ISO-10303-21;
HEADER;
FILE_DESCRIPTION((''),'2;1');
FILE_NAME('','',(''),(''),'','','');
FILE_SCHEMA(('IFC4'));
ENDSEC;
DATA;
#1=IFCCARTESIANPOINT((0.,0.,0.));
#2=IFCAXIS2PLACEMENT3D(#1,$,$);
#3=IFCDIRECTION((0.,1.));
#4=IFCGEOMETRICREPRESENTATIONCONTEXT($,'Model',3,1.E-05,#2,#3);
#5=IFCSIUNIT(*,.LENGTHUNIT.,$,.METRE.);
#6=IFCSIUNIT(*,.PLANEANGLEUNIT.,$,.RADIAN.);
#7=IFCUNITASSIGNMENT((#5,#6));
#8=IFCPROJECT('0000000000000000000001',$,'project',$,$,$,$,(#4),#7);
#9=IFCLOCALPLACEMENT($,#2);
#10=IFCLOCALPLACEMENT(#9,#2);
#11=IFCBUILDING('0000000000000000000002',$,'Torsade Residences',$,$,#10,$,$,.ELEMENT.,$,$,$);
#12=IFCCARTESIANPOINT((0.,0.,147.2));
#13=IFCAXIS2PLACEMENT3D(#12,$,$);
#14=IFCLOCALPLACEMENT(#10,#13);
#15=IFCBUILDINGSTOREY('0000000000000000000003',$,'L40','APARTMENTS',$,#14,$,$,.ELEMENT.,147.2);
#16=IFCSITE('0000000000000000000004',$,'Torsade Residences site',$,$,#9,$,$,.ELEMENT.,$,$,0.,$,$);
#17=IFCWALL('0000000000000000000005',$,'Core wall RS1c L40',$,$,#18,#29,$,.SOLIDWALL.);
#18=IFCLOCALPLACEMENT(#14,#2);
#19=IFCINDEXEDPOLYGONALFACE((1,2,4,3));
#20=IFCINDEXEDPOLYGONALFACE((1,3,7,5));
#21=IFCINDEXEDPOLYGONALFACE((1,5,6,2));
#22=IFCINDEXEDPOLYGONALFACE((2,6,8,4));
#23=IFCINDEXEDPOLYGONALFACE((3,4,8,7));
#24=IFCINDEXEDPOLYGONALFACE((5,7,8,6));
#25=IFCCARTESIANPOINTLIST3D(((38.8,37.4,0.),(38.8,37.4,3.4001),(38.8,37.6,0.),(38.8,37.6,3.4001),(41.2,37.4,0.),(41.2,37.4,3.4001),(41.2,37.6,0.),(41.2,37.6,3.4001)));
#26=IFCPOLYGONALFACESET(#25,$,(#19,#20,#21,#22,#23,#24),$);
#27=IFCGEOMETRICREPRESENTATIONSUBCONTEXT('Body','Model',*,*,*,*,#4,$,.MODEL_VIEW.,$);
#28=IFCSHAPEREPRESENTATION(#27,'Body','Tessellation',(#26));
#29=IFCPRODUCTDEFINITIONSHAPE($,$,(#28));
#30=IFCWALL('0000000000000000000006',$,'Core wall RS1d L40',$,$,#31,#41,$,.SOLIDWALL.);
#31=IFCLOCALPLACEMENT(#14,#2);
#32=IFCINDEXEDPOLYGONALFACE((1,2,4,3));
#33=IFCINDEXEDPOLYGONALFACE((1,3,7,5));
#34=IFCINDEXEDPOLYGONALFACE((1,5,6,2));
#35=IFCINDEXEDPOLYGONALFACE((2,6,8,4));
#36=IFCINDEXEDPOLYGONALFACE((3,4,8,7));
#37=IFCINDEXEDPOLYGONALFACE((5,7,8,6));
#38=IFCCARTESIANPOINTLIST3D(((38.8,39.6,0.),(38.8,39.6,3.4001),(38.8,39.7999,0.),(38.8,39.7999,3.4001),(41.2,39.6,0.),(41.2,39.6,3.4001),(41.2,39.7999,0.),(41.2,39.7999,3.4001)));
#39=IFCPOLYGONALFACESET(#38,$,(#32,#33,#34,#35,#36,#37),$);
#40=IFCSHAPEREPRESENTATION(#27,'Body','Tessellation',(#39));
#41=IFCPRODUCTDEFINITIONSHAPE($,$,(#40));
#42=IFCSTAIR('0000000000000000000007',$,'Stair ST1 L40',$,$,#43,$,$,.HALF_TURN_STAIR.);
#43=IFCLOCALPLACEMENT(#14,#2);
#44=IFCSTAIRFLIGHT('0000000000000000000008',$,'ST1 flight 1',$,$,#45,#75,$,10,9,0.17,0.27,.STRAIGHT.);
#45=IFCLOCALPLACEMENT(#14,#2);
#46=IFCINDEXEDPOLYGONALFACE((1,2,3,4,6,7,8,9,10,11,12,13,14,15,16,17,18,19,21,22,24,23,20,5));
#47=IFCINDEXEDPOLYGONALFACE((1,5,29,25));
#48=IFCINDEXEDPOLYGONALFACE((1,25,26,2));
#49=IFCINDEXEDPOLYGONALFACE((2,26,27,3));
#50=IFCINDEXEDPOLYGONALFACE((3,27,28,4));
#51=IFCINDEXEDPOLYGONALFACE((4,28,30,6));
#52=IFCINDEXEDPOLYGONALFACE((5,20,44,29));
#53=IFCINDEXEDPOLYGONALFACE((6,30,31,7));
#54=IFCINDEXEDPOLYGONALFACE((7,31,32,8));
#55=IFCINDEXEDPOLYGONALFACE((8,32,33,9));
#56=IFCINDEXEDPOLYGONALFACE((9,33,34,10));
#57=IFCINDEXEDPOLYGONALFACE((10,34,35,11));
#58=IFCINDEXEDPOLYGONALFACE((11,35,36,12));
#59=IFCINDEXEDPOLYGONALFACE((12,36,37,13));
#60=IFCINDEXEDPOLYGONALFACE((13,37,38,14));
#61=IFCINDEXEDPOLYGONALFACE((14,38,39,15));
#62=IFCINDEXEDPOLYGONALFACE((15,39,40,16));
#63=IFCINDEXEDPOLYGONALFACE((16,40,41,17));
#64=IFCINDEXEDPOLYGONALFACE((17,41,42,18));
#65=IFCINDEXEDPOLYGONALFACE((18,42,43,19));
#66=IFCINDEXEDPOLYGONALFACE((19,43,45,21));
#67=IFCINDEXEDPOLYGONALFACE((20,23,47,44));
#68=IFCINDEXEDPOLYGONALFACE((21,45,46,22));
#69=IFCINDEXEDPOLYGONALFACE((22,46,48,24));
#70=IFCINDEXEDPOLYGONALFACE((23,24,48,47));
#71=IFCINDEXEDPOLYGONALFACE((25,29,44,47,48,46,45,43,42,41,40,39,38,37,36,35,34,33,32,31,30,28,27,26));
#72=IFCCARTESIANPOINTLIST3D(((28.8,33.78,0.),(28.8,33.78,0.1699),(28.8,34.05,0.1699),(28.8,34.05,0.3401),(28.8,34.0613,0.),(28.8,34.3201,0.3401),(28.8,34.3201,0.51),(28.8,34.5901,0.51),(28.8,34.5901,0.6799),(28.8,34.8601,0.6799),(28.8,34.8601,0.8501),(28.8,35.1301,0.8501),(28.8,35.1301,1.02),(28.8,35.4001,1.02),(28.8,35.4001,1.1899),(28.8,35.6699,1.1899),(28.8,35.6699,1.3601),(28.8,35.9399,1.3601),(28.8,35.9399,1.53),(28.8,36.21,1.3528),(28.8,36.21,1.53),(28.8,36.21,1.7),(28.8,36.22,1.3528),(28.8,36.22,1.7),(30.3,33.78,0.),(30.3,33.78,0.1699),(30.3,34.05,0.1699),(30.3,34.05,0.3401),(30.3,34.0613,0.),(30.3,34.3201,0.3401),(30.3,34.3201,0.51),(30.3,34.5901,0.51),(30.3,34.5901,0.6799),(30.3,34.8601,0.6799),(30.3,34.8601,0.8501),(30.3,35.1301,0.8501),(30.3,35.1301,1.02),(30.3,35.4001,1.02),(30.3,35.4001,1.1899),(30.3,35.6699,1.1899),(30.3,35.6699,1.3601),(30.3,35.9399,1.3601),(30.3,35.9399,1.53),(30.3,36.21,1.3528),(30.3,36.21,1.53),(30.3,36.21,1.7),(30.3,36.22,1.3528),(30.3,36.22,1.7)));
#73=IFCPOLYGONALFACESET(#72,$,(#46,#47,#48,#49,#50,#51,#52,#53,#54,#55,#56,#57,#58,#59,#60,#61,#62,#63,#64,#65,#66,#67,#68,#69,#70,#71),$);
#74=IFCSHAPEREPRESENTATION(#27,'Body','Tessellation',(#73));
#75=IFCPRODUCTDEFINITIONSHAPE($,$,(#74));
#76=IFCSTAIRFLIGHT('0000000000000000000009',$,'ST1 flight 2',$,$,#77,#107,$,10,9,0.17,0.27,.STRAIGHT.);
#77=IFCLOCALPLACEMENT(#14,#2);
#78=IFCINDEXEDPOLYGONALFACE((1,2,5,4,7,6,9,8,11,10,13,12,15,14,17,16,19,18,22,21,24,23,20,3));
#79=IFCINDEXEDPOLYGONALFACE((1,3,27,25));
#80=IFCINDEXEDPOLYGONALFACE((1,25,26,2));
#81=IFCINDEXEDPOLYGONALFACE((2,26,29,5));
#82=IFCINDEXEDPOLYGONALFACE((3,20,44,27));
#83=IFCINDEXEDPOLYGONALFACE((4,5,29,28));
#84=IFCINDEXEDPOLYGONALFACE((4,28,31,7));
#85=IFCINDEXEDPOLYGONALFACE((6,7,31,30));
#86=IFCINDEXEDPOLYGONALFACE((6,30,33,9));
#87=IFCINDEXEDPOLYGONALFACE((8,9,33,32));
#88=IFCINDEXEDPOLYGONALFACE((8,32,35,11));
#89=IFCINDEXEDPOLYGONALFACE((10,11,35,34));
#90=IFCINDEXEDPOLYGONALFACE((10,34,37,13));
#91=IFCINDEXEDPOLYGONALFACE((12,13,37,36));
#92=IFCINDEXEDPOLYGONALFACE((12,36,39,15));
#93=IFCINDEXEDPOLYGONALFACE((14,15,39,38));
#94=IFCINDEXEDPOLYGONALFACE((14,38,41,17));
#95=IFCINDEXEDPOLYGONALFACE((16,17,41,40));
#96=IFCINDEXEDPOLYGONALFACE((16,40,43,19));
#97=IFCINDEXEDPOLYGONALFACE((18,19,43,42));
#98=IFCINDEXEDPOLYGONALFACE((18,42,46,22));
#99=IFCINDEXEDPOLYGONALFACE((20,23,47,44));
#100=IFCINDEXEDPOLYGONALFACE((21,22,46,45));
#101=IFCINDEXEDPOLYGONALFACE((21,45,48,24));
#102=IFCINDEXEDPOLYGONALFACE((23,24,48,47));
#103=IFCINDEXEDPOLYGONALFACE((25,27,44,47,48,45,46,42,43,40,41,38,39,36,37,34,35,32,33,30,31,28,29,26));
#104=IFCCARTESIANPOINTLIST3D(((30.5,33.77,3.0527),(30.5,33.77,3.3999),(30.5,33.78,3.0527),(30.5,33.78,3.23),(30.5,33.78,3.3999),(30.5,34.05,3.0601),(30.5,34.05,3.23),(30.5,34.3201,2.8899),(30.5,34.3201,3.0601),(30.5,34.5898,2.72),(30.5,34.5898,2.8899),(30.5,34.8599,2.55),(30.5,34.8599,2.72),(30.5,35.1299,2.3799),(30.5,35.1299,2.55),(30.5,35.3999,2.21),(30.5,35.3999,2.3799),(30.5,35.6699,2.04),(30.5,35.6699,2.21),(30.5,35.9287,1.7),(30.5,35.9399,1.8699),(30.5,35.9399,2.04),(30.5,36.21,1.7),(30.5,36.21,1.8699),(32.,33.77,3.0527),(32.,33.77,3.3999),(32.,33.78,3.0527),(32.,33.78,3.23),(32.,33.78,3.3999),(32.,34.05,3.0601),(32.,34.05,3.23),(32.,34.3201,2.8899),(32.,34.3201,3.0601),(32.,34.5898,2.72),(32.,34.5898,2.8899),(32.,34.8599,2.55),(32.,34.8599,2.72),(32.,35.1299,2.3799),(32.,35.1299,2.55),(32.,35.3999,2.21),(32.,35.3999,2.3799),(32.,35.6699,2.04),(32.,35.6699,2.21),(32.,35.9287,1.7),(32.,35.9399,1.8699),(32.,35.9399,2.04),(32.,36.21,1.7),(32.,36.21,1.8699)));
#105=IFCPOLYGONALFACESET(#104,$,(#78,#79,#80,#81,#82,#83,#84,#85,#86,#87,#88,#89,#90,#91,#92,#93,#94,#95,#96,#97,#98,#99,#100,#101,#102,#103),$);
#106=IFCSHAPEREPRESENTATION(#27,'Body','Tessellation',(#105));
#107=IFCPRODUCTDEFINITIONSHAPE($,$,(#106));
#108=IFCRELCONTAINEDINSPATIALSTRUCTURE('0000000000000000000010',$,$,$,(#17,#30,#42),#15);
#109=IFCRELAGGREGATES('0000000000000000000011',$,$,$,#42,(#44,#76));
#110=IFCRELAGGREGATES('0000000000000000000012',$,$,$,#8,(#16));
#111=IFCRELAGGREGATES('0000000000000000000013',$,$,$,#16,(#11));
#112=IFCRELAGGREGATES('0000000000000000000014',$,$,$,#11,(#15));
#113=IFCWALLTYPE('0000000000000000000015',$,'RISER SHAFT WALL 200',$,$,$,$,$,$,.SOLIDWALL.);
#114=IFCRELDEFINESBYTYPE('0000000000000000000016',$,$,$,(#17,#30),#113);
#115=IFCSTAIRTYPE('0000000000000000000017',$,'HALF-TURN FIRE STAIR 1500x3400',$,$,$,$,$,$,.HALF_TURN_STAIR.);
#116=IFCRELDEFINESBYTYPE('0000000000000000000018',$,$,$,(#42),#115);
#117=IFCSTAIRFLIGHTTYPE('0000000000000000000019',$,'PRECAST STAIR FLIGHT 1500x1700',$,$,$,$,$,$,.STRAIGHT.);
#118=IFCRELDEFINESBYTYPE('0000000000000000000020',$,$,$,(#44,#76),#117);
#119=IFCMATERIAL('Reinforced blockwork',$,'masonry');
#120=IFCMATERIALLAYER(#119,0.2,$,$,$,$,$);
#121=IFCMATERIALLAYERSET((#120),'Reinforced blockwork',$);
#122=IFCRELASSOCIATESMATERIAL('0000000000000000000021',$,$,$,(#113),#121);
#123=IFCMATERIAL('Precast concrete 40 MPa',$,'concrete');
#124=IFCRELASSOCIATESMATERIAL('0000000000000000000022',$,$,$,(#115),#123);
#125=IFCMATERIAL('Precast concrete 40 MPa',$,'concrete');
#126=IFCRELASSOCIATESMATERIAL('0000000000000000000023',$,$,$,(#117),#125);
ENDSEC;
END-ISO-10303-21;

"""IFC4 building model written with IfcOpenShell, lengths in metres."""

from ifc_helpers import new_model, si_unit, direction, frame, frame_2d, origin, place, context, subcontext, project, spatial, polyline, rectangle, outline, extrude, material, layer, layer_set, type_object, element, aggregate, save


model = new_model("IFC4")

# Units and contexts
model_context = context("Model", 3, precision=1e-05, world=origin(), true_north=direction((0.0, 1.0)))
body_context = subcontext(model_context, "Body", "Model", "MODEL_VIEW")
ifc_project = project(units=[si_unit("LENGTHUNIT", "METRE"), si_unit("PLANEANGLEUNIT", "RADIAN")], contexts=[model_context])

# Site, building, storey
site_placement = place(None, origin())
site = spatial("IfcSite", under=ifc_project, at=site_placement, Name="Torsade Residences site", CompositionType="ELEMENT", RefElevation=0.0)
building_placement = place(site_placement, origin())
building = spatial("IfcBuilding", under=site, at=building_placement, Name="Torsade Residences", CompositionType="ELEMENT")
storey_placement = place(building_placement, frame((0.0, 0.0, 147.2)))
storey = spatial("IfcBuildingStorey", under=building, at=storey_placement, Name="L40", Description="APARTMENTS", CompositionType="ELEMENT", Elevation=147.2)

# Walls
ifc_material_1 = material(Name="Reinforced blockwork", Category="masonry")
ifc_layer_1 = layer(ifc_material_1, 0.2)
ifc_layer_set_1 = layer_set([ifc_layer_1], Name="Reinforced blockwork")
wall_type_1 = type_object("IfcWallType", Name="RISER SHAFT WALL 200", PredefinedType="SOLIDWALL", material=ifc_layer_set_1)
for number, where, z_axis, x_axis, name in (
    (1, (38.8, 37.5, 0.0), (0.0, 0.0, 1.0), (1.0, 0.0, 0.0), "Core wall RS1c L40"),
    (2, (38.8, 39.7, 0.0), (0.0, 0.0, 1.0), (1.0, 0.0, 0.0), "Core wall RS1d L40"),
):
    element("IfcWall", number, at=place(storey_placement, frame(where, z_axis=z_axis, x_axis=x_axis)), inside=storey, type_object=wall_type_1, Name=name, PredefinedType="SOLIDWALL", context=body_context, shape_type="SweptSolid", body=[
        extrude(rectangle(XDim=2.3999, YDim=0.2, at=frame_2d((1.2, 0.0))), origin(), (0.0, 0.0, 1.0), 3.4001),
    ])

# Stair, stair flights
ifc_material_2 = material(Name="Precast concrete 40 MPa", Category="concrete")
stair_type = type_object("IfcStairType", Name="HALF-TURN FIRE STAIR 1500x3400", PredefinedType="HALF_TURN_STAIR", material=ifc_material_2)
stair_placement = place(storey_placement, origin())
stair = element("IfcStair", 3, at=stair_placement, inside=storey, type_object=stair_type, Name="Stair ST1 L40", PredefinedType="HALF_TURN_STAIR")
ifc_material_3 = material(Name="Precast concrete 40 MPa", Category="concrete")
stair_flight_type = type_object("IfcStairFlightType", Name="PRECAST STAIR FLIGHT 1500x1700", PredefinedType="STRAIGHT", material=ifc_material_3)
stair_flight_1_placement = place(storey_placement, frame((29.55, 33.78, 0.0), z_axis=(0.0, 0.0, 1.0), x_axis=(0.0, 1.0, 0.0)))
stair_flight_1 = element("IfcStairFlight", 4, at=stair_flight_1_placement, type_object=stair_flight_type, Name="ST1 flight 1", NumberOfRisers=10, NumberOfTreads=9, PredefinedType="STRAIGHT", RiserHeight=0.17, TreadLength=0.27, context=body_context, shape_type="SweptSolid", body=[
    extrude(outline(polyline([(0.0, 0.0), (0.0, 0.1699), (0.27, 0.1699), (0.27, 0.3401), (0.54, 0.3401), (0.54, 0.51), (0.8101, 0.51), (0.8101, 0.6799), (1.0801, 0.6799), (1.0801, 0.8501), (1.3501, 0.8501), (1.3501, 1.02), (1.6201, 1.02), (1.6201, 1.1899), (1.8899, 1.1899), (1.8899, 1.3601), (2.1599, 1.3601), (2.1599, 1.53), (2.4299, 1.53), (2.4299, 1.7), (2.4399, 1.7), (2.4399, 1.3528), (2.4299, 1.3528), (0.2812, 0.0), (0.0, 0.0)])), frame((0.0, 0.75, 0.0), z_axis=(0.0, -1.0, 0.0), x_axis=(1.0, 0.0, 0.0)), (0.0, 0.0, 1.0), 1.5),
])
stair_flight_2_placement = place(storey_placement, frame((31.25, 36.21, 1.7), z_axis=(0.0, 0.0, 1.0), x_axis=(0.0, -1.0, 0.0)))
stair_flight_2 = element("IfcStairFlight", 5, at=stair_flight_2_placement, type_object=stair_flight_type, Name="ST1 flight 2", NumberOfRisers=10, NumberOfTreads=9, PredefinedType="STRAIGHT", RiserHeight=0.17, TreadLength=0.27, context=body_context, shape_type="SweptSolid", body=[
    extrude(outline(polyline([(0.0, 0.0), (0.0, 0.1699), (0.27, 0.1699), (0.27, 0.3401), (0.54, 0.3401), (0.54, 0.51), (0.8101, 0.51), (0.8101, 0.6799), (1.0801, 0.6799), (1.0801, 0.8501), (1.3501, 0.8501), (1.3501, 1.02), (1.6201, 1.02), (1.6201, 1.1899), (1.8899, 1.1899), (1.8899, 1.3601), (2.1599, 1.3601), (2.1599, 1.53), (2.4299, 1.53), (2.4299, 1.7), (2.4399, 1.7), (2.4399, 1.3528), (2.4299, 1.3528), (0.2812, 0.0), (0.0, 0.0)])), frame((0.0, 0.75, 0.0), z_axis=(0.0, -1.0, 0.0), x_axis=(1.0, 0.0, 0.0)), (0.0, 0.0, 1.0), 1.5),
])
aggregate(stair, [stair_flight_1, stair_flight_2])

save(model, "model.ifc")
